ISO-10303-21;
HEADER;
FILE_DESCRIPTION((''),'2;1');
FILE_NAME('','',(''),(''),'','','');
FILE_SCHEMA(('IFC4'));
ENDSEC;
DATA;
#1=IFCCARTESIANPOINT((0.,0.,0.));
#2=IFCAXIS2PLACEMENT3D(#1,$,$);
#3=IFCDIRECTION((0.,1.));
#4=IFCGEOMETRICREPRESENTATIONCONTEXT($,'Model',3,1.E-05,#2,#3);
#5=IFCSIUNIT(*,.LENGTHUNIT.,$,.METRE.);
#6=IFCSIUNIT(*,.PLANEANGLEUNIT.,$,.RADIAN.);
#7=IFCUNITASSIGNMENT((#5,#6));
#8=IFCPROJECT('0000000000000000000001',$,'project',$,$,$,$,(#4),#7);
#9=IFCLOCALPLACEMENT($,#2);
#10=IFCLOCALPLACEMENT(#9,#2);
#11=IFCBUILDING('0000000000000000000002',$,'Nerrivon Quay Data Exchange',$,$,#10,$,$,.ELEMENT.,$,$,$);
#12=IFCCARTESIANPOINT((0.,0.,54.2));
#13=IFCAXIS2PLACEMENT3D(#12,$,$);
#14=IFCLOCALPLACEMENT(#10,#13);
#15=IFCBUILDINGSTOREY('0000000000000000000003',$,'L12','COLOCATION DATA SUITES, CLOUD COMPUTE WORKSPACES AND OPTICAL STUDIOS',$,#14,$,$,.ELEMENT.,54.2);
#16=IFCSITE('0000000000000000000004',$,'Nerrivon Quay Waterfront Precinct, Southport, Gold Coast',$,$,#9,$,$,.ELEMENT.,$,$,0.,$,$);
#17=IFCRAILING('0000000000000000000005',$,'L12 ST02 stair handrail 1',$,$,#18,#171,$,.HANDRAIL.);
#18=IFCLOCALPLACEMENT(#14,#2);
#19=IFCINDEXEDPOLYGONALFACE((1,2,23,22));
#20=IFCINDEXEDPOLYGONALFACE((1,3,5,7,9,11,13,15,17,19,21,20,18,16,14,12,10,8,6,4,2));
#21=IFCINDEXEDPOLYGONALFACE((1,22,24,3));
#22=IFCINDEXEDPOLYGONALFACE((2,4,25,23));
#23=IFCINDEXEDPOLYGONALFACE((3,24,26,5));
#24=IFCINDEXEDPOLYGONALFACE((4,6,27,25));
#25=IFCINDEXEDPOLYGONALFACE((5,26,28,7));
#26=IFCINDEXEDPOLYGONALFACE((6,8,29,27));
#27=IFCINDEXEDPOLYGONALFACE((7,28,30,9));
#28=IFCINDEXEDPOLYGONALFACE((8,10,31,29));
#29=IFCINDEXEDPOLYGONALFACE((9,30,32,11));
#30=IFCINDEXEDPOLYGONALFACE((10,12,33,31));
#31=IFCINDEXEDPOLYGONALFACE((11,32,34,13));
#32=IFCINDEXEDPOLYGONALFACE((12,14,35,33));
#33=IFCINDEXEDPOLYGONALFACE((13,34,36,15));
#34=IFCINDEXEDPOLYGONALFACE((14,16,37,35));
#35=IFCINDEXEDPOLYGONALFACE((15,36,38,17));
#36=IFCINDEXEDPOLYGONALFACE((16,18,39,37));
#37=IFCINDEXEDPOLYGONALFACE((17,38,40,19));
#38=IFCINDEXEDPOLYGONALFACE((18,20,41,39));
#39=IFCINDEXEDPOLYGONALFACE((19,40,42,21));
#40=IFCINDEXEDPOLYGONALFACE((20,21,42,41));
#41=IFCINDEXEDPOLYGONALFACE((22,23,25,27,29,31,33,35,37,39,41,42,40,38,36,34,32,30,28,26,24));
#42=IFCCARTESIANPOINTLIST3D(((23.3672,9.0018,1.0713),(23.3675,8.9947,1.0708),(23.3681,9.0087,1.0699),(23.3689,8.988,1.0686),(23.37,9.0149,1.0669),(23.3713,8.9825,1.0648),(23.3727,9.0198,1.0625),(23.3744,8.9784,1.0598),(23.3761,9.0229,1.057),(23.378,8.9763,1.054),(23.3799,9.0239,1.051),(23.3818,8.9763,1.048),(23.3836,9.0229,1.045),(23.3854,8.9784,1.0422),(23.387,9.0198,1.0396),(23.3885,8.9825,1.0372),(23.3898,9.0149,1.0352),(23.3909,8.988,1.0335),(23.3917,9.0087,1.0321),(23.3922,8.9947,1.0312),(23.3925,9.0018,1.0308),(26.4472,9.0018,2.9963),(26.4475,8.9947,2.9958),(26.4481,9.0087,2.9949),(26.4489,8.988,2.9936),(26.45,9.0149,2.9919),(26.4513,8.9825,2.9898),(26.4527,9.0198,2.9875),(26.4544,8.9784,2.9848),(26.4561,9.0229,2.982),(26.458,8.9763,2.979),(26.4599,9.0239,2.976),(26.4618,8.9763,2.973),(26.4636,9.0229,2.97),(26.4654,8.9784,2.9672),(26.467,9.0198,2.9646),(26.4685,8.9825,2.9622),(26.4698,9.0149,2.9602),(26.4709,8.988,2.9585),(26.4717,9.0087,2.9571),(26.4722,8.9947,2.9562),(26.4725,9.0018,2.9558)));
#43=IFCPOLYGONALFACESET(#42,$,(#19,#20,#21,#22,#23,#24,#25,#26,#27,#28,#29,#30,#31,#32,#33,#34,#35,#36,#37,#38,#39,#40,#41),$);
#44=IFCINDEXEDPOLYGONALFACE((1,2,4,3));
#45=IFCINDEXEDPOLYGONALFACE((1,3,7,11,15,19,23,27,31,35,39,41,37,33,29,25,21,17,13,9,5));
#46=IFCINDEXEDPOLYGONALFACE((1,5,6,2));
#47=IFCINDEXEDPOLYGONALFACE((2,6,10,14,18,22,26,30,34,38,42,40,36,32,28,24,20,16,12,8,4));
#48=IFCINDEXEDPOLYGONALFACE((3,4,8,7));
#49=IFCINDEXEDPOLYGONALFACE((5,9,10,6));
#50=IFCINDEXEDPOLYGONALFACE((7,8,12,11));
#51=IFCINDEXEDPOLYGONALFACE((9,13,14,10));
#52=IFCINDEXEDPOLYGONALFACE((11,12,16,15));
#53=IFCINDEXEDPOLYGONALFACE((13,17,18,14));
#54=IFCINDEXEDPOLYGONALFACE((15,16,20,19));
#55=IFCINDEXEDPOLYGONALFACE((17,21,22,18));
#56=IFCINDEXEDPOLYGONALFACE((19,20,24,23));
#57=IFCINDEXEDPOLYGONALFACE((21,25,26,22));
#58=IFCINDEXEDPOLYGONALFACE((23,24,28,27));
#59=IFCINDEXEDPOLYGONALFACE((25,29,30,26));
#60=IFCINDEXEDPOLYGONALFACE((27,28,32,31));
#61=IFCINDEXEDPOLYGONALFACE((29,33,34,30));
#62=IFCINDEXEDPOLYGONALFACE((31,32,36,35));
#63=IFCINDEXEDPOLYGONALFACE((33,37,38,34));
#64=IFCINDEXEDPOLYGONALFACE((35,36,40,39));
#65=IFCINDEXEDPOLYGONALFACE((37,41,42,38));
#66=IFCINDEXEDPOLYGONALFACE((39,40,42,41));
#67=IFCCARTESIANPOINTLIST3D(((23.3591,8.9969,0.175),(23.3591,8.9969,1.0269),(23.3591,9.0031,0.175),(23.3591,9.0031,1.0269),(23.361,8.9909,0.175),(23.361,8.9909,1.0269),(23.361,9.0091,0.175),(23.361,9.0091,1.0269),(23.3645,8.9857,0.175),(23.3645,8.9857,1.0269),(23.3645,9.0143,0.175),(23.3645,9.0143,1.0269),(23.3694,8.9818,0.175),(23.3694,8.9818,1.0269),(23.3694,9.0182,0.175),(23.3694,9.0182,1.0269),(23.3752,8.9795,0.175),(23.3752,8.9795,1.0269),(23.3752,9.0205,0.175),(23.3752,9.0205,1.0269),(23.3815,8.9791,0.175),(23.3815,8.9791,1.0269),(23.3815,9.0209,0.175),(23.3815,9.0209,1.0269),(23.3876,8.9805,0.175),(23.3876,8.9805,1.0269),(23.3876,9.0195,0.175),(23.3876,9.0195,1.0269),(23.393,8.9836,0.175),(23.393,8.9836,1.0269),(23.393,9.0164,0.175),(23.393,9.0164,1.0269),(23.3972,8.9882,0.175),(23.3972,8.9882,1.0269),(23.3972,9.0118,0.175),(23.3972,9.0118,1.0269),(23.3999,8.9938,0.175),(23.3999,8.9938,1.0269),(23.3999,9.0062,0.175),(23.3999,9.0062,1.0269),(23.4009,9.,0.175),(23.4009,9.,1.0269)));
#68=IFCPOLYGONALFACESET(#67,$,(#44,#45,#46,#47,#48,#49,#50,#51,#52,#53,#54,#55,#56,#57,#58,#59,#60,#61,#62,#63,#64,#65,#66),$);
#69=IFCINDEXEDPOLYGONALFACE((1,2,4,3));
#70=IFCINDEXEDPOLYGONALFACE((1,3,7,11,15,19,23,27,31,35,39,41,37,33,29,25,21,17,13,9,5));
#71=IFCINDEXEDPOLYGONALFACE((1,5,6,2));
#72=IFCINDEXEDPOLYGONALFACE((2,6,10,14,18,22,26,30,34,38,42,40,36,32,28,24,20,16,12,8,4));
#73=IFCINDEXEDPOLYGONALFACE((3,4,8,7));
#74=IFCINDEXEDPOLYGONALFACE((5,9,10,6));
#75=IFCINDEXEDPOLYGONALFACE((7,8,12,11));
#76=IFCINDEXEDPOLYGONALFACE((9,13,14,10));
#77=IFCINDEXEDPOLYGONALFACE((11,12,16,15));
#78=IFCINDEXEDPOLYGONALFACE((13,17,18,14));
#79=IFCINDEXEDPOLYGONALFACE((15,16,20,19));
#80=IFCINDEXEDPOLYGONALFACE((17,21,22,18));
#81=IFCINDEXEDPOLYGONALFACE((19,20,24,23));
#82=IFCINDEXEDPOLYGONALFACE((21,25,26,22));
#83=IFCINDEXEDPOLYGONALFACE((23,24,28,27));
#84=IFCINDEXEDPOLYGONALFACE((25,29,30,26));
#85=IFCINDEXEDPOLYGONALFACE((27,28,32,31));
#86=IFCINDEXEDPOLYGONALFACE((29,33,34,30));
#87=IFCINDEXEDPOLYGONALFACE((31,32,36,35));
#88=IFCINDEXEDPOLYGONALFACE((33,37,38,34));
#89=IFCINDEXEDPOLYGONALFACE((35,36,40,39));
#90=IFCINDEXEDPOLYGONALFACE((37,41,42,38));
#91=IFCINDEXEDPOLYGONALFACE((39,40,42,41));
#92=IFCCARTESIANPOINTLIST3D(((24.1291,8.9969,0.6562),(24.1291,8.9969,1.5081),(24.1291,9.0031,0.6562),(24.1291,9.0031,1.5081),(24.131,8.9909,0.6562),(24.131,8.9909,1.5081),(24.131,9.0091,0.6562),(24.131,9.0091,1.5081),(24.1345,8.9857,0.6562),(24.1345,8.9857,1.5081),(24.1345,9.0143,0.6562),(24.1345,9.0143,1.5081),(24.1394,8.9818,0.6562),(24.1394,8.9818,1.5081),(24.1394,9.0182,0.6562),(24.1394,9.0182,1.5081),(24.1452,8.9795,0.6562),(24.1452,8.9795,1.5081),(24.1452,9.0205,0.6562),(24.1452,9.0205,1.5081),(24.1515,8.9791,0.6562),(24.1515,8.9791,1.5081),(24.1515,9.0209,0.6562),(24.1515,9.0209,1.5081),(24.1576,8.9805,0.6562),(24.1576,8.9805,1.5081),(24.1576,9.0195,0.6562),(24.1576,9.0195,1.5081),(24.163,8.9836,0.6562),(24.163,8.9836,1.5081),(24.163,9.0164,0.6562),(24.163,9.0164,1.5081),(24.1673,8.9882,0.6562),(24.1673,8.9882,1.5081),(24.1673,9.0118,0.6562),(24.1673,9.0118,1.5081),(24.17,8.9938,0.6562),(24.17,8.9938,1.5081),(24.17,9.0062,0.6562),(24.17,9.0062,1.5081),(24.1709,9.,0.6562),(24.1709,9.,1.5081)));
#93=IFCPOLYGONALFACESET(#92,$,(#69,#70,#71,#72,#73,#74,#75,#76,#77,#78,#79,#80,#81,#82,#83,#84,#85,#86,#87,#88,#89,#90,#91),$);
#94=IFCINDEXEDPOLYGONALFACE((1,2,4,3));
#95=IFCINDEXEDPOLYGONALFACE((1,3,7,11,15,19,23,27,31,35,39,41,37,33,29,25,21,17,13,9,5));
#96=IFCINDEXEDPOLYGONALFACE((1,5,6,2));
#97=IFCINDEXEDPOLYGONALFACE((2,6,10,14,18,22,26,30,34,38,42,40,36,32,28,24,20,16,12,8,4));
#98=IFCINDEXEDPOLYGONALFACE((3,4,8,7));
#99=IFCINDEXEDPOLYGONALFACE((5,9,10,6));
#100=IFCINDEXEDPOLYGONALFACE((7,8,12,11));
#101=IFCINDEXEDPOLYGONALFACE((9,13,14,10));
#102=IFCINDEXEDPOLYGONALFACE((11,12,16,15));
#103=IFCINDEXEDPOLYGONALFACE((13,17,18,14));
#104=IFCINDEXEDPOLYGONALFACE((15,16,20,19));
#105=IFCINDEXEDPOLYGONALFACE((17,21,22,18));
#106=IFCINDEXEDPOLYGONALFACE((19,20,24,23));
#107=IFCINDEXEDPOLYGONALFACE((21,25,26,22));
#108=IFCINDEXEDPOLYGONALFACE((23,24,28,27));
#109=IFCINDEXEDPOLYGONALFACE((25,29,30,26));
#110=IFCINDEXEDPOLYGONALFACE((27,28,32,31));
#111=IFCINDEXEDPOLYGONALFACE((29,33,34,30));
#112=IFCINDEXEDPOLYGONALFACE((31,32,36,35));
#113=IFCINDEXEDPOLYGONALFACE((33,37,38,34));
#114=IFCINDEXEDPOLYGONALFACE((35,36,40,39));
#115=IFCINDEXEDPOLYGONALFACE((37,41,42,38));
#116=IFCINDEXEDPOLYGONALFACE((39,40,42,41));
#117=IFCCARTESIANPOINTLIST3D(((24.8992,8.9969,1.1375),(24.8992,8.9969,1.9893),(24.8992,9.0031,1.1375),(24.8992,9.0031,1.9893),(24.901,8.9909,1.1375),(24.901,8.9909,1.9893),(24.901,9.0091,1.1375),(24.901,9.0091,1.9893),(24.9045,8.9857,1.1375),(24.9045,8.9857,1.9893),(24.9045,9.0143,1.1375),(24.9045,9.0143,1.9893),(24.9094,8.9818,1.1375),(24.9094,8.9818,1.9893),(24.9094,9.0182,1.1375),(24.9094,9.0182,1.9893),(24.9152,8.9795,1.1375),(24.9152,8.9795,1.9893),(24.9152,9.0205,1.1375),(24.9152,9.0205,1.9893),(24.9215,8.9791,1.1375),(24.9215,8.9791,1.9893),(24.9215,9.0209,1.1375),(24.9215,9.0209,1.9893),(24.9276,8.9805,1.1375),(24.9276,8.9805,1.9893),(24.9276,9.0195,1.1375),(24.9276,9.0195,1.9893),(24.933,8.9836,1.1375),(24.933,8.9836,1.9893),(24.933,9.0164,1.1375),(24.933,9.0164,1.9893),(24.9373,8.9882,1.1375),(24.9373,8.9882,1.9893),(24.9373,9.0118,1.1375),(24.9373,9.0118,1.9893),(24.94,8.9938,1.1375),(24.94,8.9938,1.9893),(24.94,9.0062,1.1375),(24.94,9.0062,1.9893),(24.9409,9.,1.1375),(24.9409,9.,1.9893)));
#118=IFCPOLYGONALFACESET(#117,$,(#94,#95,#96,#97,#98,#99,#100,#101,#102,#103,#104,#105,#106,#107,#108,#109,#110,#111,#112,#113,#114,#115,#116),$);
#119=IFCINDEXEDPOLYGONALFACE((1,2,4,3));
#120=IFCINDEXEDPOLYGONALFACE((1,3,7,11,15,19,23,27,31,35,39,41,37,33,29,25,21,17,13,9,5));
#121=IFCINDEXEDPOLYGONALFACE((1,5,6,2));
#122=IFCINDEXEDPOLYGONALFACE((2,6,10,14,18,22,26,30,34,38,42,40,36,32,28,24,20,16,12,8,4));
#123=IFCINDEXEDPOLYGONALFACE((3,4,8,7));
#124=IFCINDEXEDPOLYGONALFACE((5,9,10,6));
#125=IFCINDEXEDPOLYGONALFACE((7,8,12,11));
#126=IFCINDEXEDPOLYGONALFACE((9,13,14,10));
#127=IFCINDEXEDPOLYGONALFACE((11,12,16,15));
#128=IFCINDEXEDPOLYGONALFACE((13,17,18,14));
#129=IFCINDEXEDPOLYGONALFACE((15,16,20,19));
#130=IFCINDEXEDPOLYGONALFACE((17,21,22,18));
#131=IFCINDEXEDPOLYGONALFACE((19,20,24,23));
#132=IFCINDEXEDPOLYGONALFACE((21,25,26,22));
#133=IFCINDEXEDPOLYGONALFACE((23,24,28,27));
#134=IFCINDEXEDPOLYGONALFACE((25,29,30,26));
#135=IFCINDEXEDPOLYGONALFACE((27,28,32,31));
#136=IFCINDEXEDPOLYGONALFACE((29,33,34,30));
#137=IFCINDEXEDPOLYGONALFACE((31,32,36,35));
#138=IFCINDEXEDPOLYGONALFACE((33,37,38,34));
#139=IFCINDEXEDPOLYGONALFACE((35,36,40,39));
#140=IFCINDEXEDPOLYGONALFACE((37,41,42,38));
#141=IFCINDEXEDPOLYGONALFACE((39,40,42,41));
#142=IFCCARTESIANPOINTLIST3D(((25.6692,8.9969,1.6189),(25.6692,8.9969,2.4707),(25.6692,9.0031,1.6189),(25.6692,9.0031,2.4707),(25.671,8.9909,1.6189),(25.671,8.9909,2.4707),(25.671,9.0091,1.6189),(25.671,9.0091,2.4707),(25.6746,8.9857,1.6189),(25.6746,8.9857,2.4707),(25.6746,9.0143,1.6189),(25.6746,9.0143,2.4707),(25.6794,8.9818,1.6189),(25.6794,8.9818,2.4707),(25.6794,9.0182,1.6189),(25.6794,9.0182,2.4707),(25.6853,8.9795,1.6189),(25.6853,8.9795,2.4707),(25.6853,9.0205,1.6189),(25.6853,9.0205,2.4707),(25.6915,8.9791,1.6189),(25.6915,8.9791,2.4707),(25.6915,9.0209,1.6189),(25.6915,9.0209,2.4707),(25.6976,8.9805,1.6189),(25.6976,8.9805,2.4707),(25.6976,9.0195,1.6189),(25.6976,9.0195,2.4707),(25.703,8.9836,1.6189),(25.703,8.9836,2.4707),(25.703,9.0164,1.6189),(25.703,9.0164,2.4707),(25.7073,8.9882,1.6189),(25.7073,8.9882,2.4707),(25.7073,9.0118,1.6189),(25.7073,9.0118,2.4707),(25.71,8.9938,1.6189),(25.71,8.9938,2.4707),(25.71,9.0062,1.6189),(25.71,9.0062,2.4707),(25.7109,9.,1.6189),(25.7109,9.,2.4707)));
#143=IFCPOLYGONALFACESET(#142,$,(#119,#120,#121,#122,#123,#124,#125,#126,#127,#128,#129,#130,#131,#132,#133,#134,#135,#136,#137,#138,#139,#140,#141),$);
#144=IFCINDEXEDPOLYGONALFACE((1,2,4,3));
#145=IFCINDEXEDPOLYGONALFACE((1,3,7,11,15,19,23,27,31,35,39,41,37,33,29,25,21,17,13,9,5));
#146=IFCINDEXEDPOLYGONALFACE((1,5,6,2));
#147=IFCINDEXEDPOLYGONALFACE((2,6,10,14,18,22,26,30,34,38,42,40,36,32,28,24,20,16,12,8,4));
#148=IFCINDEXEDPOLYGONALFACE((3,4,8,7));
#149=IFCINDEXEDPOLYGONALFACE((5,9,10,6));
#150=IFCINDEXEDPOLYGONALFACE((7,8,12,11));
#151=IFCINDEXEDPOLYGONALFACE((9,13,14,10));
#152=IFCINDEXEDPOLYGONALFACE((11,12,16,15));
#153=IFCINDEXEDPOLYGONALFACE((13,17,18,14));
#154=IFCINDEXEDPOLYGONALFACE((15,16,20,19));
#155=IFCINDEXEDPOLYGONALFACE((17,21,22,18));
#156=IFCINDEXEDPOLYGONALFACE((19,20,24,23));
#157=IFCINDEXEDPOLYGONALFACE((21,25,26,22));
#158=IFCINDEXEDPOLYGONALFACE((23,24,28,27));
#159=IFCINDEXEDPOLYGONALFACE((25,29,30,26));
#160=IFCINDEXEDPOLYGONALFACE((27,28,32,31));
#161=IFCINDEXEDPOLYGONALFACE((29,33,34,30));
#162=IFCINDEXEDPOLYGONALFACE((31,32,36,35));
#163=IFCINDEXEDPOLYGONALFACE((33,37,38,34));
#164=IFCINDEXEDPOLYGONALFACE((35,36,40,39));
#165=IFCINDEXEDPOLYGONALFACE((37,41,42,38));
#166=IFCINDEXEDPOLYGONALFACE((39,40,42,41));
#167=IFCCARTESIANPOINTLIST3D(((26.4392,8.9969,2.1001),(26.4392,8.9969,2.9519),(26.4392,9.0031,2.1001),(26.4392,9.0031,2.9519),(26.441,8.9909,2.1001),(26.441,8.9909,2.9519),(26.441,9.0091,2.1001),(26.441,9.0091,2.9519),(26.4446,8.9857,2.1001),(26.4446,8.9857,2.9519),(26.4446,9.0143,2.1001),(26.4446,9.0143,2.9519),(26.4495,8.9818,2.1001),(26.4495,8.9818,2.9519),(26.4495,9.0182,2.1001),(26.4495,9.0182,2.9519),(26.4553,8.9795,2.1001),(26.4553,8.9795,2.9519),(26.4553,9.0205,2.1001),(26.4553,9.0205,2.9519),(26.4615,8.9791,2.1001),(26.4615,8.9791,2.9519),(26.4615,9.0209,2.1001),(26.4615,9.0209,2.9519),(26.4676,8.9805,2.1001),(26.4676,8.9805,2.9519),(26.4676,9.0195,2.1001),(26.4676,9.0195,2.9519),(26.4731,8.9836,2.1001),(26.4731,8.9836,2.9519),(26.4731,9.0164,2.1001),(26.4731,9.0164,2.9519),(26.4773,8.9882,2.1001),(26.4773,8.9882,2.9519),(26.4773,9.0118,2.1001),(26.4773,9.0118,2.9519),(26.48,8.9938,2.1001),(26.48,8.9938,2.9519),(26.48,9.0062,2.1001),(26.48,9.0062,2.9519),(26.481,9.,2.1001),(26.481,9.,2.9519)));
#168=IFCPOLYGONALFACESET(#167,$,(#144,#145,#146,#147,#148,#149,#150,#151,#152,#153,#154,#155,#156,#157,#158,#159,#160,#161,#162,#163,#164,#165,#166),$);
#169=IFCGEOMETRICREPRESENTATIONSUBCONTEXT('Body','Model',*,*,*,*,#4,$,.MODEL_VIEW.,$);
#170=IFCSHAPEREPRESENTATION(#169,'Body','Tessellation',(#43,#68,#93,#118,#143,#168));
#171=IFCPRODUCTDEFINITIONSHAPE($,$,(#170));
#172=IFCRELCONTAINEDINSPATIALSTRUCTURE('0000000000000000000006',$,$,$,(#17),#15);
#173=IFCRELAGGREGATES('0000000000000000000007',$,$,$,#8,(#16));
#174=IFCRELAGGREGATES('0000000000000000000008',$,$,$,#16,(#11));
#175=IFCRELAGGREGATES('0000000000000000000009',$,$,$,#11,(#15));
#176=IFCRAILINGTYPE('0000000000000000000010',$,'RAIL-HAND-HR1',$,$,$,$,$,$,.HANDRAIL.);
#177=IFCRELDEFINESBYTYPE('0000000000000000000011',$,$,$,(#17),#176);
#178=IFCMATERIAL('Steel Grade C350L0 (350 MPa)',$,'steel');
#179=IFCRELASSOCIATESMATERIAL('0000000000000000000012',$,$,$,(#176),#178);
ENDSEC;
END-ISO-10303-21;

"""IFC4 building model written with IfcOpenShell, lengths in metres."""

from ifc_helpers import new_model, si_unit, direction, frame, origin, origin_2d, place, context, subcontext, project, spatial, circle, extrude, material, type_object, element, save


model = new_model("IFC4")

# Units and contexts
model_context = context("Model", 3, precision=1e-05, world=origin(), true_north=direction((0.0, 1.0)))
body_context = subcontext(model_context, "Body", "Model", "MODEL_VIEW")
ifc_project = project(units=[si_unit("LENGTHUNIT", "METRE"), si_unit("PLANEANGLEUNIT", "RADIAN")], contexts=[model_context])

# Site, building, storey
site_placement = place(None, origin())
site = spatial("IfcSite", under=ifc_project, at=site_placement, Name="Nerrivon Quay Waterfront Precinct, Southport, Gold Coast", CompositionType="ELEMENT", RefElevation=0.0)
building_placement = place(site_placement, origin())
building = spatial("IfcBuilding", under=site, at=building_placement, Name="Nerrivon Quay Data Exchange", CompositionType="ELEMENT")
storey_placement = place(building_placement, frame((0.0, 0.0, 54.2)))
storey = spatial("IfcBuildingStorey", under=building, at=storey_placement, Name="L12", Description="COLOCATION DATA SUITES, CLOUD COMPUTE WORKSPACES AND OPTICAL STUDIOS", CompositionType="ELEMENT", Elevation=54.2)

# Railing
ifc_material_1 = material(Name="Steel Grade C350L0 (350 MPa)", Category="steel")
railing_type_1 = type_object("IfcRailingType", Name="RAIL-HAND-HR1", PredefinedType="HANDRAIL", material=ifc_material_1)
railing_1_placement = place(storey_placement, frame((23.3799, 9.0, 0.175)))
element("IfcRailing", 1, at=railing_1_placement, inside=storey, type_object=railing_type_1, Name="L12 ST02 stair handrail 1", PredefinedType="HANDRAIL", context=body_context, shape_type="SweptSolid", body=[
    extrude(circle(Radius=0.0239, at=origin_2d()), frame((0.0, 0.0, 0.876), z_axis=(0.847998, 0.0, 0.529999), x_axis=(0.0, 1.0, 0.0)), (0.0, 0.0, 1.0), 3.6321),
    extrude(circle(Radius=0.021, at=origin_2d()), origin(), (0.0, 0.0, 1.0), 0.8518),
    extrude(circle(Radius=0.021, at=origin_2d()), frame((0.77, 0.0, 0.4812)), (0.0, 0.0, 1.0), 0.8518),
    extrude(circle(Radius=0.021, at=origin_2d()), frame((1.54, 0.0, 0.9624)), (0.0, 0.0, 1.0), 0.8518),
    extrude(circle(Radius=0.021, at=origin_2d()), frame((2.3101, 0.0, 1.4438)), (0.0, 0.0, 1.0), 0.8518),
    extrude(circle(Radius=0.021, at=origin_2d()), frame((3.0801, 0.0, 1.925)), (0.0, 0.0, 1.0), 0.8518),
])

save(model, "model.ifc")
